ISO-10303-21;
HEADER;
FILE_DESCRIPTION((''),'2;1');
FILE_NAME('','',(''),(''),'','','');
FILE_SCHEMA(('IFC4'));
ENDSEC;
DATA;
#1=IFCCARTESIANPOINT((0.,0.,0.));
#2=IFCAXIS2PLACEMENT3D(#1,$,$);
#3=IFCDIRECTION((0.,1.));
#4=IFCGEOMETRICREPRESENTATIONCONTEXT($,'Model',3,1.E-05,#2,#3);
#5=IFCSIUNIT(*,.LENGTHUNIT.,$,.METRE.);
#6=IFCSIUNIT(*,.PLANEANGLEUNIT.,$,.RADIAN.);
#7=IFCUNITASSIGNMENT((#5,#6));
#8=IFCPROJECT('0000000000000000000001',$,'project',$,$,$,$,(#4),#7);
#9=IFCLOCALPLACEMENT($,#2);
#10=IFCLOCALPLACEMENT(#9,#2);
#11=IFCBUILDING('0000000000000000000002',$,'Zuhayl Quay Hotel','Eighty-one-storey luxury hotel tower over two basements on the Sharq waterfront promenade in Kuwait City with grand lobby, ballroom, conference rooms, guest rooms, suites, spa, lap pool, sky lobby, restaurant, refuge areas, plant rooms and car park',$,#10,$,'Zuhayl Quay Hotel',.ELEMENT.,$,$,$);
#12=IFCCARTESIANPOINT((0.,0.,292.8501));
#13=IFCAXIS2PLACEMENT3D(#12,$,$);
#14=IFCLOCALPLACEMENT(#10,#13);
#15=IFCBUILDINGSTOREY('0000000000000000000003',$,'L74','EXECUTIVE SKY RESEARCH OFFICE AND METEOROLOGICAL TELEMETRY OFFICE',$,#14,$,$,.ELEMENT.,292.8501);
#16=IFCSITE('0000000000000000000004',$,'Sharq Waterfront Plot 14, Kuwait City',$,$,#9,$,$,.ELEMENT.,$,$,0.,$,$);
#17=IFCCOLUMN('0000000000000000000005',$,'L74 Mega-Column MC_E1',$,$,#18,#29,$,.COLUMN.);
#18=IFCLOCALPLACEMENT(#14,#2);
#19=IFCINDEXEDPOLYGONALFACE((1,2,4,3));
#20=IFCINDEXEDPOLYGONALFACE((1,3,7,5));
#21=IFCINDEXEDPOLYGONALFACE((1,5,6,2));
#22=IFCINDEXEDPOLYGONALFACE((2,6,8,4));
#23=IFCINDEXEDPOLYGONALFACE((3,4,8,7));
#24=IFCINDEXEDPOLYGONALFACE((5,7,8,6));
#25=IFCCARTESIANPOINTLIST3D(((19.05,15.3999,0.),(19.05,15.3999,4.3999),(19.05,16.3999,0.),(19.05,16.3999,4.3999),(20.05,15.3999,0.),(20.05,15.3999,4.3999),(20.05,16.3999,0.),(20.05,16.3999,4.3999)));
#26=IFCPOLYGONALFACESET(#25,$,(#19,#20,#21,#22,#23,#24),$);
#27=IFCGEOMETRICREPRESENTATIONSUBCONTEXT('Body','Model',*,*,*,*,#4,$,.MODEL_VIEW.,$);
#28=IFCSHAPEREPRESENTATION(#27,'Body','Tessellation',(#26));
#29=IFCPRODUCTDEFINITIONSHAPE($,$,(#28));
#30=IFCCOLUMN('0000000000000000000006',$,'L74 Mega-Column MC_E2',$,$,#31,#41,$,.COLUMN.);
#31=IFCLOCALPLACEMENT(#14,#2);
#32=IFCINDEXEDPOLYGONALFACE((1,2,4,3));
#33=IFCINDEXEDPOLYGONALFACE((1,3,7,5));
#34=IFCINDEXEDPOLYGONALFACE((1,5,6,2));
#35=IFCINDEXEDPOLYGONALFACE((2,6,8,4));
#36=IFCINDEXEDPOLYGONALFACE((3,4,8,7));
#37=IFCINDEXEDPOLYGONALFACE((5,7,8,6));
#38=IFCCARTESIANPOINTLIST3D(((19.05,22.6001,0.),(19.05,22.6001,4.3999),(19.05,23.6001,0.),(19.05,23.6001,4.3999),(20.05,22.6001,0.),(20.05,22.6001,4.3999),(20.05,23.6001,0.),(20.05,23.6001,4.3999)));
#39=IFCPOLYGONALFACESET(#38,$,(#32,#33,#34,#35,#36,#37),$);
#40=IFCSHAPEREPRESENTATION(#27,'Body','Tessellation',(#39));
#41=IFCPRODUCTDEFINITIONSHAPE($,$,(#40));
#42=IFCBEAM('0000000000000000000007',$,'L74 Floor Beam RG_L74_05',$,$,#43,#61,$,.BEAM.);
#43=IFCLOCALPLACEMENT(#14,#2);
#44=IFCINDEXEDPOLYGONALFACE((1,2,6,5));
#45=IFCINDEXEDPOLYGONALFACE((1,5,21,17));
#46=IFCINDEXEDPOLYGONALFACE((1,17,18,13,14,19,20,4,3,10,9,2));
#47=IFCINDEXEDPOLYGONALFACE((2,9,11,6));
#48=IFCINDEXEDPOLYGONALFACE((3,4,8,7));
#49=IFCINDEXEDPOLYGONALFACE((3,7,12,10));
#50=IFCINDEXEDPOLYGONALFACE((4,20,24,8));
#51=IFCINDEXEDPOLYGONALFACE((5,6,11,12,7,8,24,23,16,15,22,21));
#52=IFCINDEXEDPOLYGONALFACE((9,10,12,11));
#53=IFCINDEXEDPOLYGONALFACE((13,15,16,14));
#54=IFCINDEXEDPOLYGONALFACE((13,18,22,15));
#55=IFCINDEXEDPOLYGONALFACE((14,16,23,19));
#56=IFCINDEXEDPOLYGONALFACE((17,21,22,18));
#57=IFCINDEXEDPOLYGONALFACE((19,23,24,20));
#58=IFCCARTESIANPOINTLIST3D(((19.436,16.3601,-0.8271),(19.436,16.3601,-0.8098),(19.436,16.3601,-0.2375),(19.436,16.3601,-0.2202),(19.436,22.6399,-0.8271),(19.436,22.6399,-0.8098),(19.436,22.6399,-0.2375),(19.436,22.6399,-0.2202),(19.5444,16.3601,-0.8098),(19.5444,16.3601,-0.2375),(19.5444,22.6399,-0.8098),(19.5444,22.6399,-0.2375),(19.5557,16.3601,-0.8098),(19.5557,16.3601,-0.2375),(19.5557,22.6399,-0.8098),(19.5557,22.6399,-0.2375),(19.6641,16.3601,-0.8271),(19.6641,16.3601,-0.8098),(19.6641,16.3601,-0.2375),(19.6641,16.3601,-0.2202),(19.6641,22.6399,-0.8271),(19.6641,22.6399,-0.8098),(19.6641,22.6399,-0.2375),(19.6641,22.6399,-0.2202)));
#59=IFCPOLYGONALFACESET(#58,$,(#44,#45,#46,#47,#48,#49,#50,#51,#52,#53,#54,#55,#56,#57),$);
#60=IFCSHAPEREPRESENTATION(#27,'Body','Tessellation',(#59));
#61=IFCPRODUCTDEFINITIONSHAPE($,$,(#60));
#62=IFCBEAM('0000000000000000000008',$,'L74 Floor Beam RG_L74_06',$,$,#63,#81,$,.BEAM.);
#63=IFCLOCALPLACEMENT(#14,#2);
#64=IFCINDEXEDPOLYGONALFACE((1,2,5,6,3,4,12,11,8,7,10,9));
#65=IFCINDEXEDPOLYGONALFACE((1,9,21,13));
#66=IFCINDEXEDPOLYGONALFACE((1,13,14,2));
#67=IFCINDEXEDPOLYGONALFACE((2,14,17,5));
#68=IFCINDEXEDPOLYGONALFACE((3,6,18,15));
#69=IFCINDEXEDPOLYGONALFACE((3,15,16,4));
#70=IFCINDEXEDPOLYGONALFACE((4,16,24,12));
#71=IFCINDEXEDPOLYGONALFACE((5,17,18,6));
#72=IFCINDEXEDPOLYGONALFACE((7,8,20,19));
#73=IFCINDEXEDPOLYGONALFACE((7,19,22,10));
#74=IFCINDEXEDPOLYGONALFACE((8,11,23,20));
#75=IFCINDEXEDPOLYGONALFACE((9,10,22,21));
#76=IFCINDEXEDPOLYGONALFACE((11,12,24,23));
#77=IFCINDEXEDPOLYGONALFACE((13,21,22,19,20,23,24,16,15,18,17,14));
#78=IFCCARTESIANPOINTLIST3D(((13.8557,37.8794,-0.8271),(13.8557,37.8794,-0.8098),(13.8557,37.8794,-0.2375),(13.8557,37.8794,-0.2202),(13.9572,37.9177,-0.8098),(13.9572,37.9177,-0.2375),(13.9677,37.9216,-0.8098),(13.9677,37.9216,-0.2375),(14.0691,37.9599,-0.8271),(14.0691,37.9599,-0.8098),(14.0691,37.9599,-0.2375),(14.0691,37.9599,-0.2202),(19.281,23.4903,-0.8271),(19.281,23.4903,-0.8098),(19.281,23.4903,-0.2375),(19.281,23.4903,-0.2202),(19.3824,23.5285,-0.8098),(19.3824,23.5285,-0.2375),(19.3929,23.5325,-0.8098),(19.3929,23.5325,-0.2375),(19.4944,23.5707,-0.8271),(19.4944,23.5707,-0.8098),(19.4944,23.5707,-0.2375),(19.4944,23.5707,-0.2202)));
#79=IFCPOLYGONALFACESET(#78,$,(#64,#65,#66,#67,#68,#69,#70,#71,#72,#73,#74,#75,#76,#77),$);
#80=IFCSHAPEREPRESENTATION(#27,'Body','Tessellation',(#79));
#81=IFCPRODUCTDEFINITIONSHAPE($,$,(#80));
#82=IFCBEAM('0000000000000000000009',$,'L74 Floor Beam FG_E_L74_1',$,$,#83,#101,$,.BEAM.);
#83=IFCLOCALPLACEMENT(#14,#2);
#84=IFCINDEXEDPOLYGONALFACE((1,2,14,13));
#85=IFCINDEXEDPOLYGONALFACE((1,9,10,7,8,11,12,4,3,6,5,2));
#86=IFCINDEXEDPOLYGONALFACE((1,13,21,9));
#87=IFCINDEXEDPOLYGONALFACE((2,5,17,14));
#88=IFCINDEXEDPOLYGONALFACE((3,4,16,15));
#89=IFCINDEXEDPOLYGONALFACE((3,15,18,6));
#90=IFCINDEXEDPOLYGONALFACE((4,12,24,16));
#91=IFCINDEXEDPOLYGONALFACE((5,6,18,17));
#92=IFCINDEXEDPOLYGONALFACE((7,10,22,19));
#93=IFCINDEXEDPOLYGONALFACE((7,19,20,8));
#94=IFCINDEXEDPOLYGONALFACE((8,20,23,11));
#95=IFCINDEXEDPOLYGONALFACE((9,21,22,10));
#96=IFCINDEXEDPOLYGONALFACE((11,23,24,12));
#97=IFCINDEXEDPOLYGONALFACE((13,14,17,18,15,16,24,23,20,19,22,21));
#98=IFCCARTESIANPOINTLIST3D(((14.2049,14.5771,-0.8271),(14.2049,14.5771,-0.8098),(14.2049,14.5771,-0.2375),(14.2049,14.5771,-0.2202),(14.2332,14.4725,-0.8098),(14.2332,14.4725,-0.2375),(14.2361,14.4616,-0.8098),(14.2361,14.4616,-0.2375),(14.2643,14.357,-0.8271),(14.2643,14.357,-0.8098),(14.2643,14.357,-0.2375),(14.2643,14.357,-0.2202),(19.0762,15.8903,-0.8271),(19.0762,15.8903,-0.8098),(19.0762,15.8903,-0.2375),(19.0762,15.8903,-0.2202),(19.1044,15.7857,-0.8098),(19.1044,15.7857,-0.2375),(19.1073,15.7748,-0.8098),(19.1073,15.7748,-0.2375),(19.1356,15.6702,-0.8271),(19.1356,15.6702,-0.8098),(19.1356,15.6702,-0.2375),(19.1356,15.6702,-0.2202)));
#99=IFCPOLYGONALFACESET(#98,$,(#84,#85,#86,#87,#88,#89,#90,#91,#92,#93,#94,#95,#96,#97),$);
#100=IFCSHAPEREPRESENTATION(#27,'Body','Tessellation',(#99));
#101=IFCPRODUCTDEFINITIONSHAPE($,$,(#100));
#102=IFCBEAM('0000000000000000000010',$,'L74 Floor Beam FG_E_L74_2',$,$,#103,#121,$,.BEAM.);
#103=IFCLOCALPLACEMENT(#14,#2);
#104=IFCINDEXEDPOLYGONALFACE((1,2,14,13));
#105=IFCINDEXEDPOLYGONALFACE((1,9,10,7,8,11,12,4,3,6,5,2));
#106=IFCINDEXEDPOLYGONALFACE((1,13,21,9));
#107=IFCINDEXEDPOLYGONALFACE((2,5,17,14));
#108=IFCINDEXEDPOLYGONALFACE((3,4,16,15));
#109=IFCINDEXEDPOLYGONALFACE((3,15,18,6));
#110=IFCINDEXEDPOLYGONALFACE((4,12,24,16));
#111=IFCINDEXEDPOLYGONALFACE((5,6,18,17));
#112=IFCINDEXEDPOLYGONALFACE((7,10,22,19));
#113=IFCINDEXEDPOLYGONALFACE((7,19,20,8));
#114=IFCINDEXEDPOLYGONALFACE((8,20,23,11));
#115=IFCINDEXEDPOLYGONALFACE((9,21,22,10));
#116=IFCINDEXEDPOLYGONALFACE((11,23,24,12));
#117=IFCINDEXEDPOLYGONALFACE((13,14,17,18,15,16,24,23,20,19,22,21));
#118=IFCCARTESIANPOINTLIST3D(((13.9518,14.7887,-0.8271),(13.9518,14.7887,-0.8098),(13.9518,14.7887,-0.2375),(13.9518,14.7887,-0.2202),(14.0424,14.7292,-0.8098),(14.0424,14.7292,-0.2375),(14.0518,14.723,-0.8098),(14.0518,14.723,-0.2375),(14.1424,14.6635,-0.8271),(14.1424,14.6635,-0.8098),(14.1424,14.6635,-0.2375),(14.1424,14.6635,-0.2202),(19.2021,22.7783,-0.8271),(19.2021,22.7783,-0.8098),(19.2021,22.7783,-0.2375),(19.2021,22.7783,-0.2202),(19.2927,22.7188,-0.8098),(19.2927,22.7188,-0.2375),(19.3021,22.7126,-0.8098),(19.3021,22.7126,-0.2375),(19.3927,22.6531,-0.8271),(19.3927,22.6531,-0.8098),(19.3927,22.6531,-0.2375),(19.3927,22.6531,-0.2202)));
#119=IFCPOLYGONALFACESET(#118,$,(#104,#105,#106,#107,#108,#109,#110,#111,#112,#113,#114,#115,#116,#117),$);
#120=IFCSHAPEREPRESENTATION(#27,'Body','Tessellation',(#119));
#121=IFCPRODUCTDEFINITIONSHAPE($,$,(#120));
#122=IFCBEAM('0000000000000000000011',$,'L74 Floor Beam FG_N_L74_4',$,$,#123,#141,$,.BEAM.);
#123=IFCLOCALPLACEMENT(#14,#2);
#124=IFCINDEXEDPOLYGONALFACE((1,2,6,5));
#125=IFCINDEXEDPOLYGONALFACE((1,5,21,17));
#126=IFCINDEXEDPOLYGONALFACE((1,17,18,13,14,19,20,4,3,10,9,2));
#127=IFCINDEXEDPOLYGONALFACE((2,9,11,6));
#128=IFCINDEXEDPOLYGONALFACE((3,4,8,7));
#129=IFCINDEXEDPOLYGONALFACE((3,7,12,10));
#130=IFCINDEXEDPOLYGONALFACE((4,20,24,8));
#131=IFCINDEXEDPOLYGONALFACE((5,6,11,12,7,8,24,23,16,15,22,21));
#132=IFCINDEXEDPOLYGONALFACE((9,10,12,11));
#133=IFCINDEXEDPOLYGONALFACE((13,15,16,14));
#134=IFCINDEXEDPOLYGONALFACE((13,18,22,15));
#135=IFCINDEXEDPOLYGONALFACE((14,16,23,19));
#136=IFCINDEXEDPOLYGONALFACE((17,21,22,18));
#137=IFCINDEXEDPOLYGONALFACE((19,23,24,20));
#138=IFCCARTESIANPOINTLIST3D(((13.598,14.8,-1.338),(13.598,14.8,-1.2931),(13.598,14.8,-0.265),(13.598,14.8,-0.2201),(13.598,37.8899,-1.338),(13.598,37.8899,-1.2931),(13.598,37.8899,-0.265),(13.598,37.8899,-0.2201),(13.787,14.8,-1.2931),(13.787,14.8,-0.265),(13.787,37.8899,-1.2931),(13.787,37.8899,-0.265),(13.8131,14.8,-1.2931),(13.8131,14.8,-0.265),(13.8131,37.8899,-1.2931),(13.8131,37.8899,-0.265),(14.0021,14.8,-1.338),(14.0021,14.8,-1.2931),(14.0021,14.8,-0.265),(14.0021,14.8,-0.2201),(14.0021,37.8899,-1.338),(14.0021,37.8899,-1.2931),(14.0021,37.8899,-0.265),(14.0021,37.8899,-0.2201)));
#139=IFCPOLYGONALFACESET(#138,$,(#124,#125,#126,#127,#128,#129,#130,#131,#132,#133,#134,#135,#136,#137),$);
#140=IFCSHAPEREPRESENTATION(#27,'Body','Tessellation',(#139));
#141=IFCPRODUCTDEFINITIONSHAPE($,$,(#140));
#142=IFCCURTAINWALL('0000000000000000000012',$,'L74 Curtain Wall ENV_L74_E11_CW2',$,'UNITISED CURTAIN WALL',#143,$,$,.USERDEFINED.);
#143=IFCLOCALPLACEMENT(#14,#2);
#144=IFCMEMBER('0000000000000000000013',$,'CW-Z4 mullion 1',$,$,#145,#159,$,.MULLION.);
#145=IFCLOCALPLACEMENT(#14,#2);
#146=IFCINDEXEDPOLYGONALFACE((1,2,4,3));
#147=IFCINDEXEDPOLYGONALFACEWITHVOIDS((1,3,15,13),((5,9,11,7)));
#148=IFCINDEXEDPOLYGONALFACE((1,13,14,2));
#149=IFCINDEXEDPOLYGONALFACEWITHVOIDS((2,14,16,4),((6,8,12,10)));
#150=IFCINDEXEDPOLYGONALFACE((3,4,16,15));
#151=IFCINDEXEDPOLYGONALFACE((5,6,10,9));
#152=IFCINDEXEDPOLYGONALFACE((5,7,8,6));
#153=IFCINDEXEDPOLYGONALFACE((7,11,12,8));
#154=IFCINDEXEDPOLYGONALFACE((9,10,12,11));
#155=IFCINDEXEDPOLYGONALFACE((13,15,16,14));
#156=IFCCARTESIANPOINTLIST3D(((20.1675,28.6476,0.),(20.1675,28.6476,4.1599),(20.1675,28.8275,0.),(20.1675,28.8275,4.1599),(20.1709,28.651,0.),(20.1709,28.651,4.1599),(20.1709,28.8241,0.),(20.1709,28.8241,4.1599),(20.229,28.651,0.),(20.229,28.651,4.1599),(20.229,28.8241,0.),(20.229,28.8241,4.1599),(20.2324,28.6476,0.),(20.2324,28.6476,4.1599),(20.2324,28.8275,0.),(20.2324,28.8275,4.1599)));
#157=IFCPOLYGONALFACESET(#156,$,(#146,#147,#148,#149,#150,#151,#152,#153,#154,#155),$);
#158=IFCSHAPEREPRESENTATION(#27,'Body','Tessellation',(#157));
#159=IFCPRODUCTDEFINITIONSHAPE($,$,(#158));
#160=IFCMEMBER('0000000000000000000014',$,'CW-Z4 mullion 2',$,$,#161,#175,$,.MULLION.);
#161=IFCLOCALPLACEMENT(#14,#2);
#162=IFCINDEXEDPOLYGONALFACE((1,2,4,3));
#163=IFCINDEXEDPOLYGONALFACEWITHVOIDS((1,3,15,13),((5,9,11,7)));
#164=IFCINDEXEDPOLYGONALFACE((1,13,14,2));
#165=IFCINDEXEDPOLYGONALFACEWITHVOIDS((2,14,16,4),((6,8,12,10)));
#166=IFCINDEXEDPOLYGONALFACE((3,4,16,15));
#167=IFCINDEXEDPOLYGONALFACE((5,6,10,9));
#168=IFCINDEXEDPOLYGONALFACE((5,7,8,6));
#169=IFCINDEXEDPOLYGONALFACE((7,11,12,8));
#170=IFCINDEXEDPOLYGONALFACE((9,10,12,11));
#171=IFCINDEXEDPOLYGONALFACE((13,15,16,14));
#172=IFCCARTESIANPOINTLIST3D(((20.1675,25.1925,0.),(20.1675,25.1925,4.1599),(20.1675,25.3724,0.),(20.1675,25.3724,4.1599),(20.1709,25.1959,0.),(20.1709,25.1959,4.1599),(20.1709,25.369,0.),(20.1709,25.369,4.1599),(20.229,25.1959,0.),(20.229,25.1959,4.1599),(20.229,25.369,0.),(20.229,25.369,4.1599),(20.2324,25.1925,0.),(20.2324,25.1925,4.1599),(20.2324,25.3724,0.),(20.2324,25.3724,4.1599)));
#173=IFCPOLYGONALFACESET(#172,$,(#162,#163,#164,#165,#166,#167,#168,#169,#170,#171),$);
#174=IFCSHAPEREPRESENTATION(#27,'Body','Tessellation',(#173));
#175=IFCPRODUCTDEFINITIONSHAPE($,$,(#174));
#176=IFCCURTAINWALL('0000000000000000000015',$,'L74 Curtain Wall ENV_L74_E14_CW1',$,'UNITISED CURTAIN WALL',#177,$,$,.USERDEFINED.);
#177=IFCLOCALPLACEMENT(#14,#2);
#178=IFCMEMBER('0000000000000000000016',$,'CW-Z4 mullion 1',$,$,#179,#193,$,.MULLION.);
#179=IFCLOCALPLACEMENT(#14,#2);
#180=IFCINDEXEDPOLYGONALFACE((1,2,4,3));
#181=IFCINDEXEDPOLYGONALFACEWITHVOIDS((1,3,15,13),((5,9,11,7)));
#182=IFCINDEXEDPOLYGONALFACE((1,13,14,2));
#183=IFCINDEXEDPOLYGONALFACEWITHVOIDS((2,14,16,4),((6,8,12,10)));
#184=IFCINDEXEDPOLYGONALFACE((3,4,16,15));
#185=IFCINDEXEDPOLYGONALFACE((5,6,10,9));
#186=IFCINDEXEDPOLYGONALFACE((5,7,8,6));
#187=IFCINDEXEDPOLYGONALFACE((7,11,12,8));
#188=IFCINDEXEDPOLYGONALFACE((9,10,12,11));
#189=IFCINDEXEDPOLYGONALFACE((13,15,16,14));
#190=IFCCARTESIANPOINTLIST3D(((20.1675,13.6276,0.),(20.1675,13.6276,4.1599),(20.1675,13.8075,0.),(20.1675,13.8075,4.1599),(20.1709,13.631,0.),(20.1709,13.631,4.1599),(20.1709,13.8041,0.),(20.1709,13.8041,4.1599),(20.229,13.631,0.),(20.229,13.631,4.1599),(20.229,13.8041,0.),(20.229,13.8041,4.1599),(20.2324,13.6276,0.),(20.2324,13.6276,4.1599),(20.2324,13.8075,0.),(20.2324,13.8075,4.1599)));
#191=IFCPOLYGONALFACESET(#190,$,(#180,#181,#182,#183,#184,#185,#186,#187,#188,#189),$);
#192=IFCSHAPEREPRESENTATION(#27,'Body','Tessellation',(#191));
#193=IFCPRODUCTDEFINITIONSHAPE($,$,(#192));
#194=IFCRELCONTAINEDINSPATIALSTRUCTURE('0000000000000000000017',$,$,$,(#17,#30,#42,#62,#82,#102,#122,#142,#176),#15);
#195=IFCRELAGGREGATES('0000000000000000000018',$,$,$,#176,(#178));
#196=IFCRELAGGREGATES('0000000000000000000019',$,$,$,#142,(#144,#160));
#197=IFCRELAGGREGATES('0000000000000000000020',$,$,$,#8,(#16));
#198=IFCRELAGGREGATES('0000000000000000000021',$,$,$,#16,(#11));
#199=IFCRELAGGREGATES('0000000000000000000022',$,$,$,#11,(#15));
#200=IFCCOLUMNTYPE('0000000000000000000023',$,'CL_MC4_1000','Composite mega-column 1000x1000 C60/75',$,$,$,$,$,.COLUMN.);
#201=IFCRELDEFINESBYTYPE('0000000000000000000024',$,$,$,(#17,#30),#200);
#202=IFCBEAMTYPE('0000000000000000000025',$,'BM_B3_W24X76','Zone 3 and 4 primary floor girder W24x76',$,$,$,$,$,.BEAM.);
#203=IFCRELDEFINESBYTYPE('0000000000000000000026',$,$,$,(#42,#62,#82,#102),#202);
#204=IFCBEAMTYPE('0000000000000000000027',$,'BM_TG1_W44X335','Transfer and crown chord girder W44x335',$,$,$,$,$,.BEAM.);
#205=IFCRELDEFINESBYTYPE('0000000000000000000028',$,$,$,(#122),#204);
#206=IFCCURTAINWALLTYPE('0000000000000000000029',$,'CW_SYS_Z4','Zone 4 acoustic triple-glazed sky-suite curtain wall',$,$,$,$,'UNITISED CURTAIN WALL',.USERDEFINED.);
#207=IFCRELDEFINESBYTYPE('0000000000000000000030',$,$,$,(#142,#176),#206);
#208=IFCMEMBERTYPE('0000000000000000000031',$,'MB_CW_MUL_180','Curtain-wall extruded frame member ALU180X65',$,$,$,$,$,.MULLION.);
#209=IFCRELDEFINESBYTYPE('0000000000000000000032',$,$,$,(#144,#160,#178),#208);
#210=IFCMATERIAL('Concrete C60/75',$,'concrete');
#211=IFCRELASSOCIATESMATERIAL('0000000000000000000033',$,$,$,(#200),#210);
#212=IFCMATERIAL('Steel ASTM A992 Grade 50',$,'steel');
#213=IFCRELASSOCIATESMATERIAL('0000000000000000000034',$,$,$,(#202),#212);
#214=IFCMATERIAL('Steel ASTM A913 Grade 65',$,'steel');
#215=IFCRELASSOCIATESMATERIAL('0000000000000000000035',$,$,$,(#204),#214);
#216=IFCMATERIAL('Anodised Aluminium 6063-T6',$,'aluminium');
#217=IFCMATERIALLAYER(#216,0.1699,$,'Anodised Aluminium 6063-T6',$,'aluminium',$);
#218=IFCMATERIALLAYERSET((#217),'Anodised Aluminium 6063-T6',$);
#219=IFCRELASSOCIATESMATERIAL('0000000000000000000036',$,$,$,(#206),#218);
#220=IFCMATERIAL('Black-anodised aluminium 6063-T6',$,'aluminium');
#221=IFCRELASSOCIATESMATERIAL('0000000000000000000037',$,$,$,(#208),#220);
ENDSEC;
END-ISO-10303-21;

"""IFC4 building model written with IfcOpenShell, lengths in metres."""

from ifc_helpers import new_model, si_unit, direction, frame, origin, origin_2d, place, context, subcontext, project, spatial, rectangle, hollow_rectangle, i_section, extrude, material, layer, layer_set, material_profile, profile_set, type_object, element, aggregate, save


model = new_model("IFC4")

# Units and contexts
model_context = context("Model", 3, precision=1e-05, world=origin(), true_north=direction((0.0, 1.0)))
body_context = subcontext(model_context, "Body", "Model", "MODEL_VIEW")
ifc_project = project(units=[si_unit("LENGTHUNIT", "METRE"), si_unit("PLANEANGLEUNIT", "RADIAN")], contexts=[model_context])

# Site, building, storey
site_placement = place(None, origin())
site = spatial("IfcSite", under=ifc_project, at=site_placement, Name="Sharq Waterfront Plot 14, Kuwait City", CompositionType="ELEMENT", RefElevation=0.0)
building_placement = place(site_placement, origin())
building = spatial("IfcBuilding", under=site, at=building_placement, Name="Zuhayl Quay Hotel", Description="Eighty-one-storey luxury hotel tower over two basements on the Sharq waterfront promenade in Kuwait City with grand lobby, ballroom, conference rooms, guest rooms, suites, spa, lap pool, sky lobby, restaurant, refuge areas, plant rooms and car park", LongName="Zuhayl Quay Hotel", CompositionType="ELEMENT")
storey_placement = place(building_placement, frame((0.0, 0.0, 292.8501)))
storey = spatial("IfcBuildingStorey", under=building, at=storey_placement, Name="L74", Description="EXECUTIVE SKY RESEARCH OFFICE AND METEOROLOGICAL TELEMETRY OFFICE", CompositionType="ELEMENT", Elevation=292.8501)

# Columns
ifc_material_1 = material(Name="Concrete C60/75", Category="concrete")
ifc_material_profile_1 = material_profile(ifc_material_1, rectangle(XDim=1.0, YDim=1.0, at=origin_2d()), Name="RC1000X1000")
ifc_profile_set_1 = profile_set([ifc_material_profile_1], Name="Concrete C60/75")
column_type = type_object("IfcColumnType", Name="CL_MC4_1000", Description="Composite mega-column 1000x1000 C60/75", PredefinedType="COLUMN", material=ifc_profile_set_1)
for number, where, z_axis, x_axis, name in (
    (1, (19.55, 15.8999, 0.0), (0.0, 0.0, 1.0), (1.0, 0.0, 0.0), "L74 Mega-Column MC_E1"),
    (2, (19.55, 23.1001, 0.0), (0.0, 0.0, 1.0), (1.0, 0.0, 0.0), "L74 Mega-Column MC_E2"),
):
    element("IfcColumn", number, at=place(storey_placement, frame(where, z_axis=z_axis, x_axis=x_axis)), inside=storey, type_object=column_type, Name=name, PredefinedType="COLUMN", context=body_context, shape_type="SweptSolid", body=[
        extrude(rectangle(XDim=1.0, YDim=1.0, at=origin_2d()), origin(), (0.0, 0.0, 1.0), 4.3999),
    ])

# Beams
ifc_material_2 = material(Name="Steel ASTM A992 Grade 50", Category="steel")
ifc_material_profile_2 = material_profile(ifc_material_2, i_section(OverallWidth=0.228, OverallDepth=0.6069, WebThickness=0.0112, FlangeThickness=0.0173, at=origin_2d()), Name="W24X76")
ifc_profile_set_2 = profile_set([ifc_material_profile_2], Name="Steel ASTM A992 Grade 50")
beam_type_1 = type_object("IfcBeamType", Name="BM_B3_W24X76", Description="Zone 3 and 4 primary floor girder W24x76", PredefinedType="BEAM", material=ifc_profile_set_2)
beam_1_placement = place(storey_placement, frame((19.55, 16.3601, -0.5237), z_axis=(0.0, 1.0, 0.0), x_axis=(-1.0, 0.0, 0.0)))
element("IfcBeam", 3, at=beam_1_placement, inside=storey, type_object=beam_type_1, Name="L74 Floor Beam RG_L74_05", PredefinedType="BEAM", context=body_context, shape_type="SweptSolid", body=[
    extrude(i_section(OverallWidth=0.228, OverallDepth=0.6069, WebThickness=0.0112, FlangeThickness=0.0173, at=origin_2d()), origin(), (0.0, 0.0, 1.0), 6.2798),
])
beam_2_placement = place(storey_placement, frame((19.3877, 23.5305, -0.5237), z_axis=(-0.352797, 0.9357, 0.0), x_axis=(-0.9357, -0.352797, 0.0)))
element("IfcBeam", 4, at=beam_2_placement, inside=storey, type_object=beam_type_1, Name="L74 Floor Beam RG_L74_06", PredefinedType="BEAM", context=body_context, shape_type="SweptSolid", body=[
    extrude(i_section(OverallWidth=0.228, OverallDepth=0.6069, WebThickness=0.0112, FlangeThickness=0.0173, at=origin_2d()), origin(), (0.0, 0.0, 1.0), 15.3779),
])
beam_3_placement = place(storey_placement, frame((14.2346, 14.467, -0.5237), z_axis=(0.96553, 0.260291, 0.0), x_axis=(-0.260291, 0.96553, 0.0)))
element("IfcBeam", 5, at=beam_3_placement, inside=storey, type_object=beam_type_1, Name="L74 Floor Beam FG_E_L74_1", PredefinedType="BEAM", context=body_context, shape_type="SweptSolid", body=[
    extrude(i_section(OverallWidth=0.228, OverallDepth=0.6069, WebThickness=0.0112, FlangeThickness=0.0173, at=origin_2d()), origin(), (0.0, 0.0, 1.0), 5.0452),
])
beam_4_placement = place(storey_placement, frame((14.0471, 14.7261, -0.5237), z_axis=(0.549178, 0.835705, 0.0), x_axis=(-0.835705, 0.549178, 0.0)))
element("IfcBeam", 6, at=beam_4_placement, inside=storey, type_object=beam_type_1, Name="L74 Floor Beam FG_E_L74_2", PredefinedType="BEAM", context=body_context, shape_type="SweptSolid", body=[
    extrude(i_section(OverallWidth=0.228, OverallDepth=0.6069, WebThickness=0.0112, FlangeThickness=0.0173, at=origin_2d()), origin(), (0.0, 0.0, 1.0), 9.5603),
])
ifc_material_3 = material(Name="Steel ASTM A913 Grade 65", Category="steel")
ifc_material_profile_3 = material_profile(ifc_material_3, i_section(OverallWidth=0.4041, OverallDepth=1.1179, WebThickness=0.0261, FlangeThickness=0.0449, at=origin_2d()), Name="W44X335")
ifc_profile_set_3 = profile_set([ifc_material_profile_3], Name="Steel ASTM A913 Grade 65")
beam_type_2 = type_object("IfcBeamType", Name="BM_TG1_W44X335", Description="Transfer and crown chord girder W44x335", PredefinedType="BEAM", material=ifc_profile_set_3)
beam_5_placement = place(storey_placement, frame((13.8, 14.8, -0.7791), z_axis=(0.0, 1.0, 0.0), x_axis=(-1.0, 0.0, 0.0)))
element("IfcBeam", 7, at=beam_5_placement, inside=storey, type_object=beam_type_2, Name="L74 Floor Beam FG_N_L74_4", PredefinedType="BEAM", context=body_context, shape_type="SweptSolid", body=[
    extrude(i_section(OverallWidth=0.4041, OverallDepth=1.1179, WebThickness=0.0261, FlangeThickness=0.0449, at=origin_2d()), origin(), (0.0, 0.0, 1.0), 23.0898),
])

# Curtain wall, members
ifc_material_4 = material(Name="Anodised Aluminium 6063-T6", Category="aluminium")
ifc_layer_1 = layer(ifc_material_4, 0.1699, Name="Anodised Aluminium 6063-T6", Category="aluminium")
ifc_layer_set_1 = layer_set([ifc_layer_1], Name="Anodised Aluminium 6063-T6")
curtain_wall_type = type_object("IfcCurtainWallType", Name="CW_SYS_Z4", Description="Zone 4 acoustic triple-glazed sky-suite curtain wall", ElementType="UNITISED CURTAIN WALL", PredefinedType="USERDEFINED", material=ifc_layer_set_1)
curtain_wall_1_placement = place(storey_placement, origin())
curtain_wall_1 = element("IfcCurtainWall", 8, at=curtain_wall_1_placement, inside=storey, type_object=curtain_wall_type, Name="L74 Curtain Wall ENV_L74_E11_CW2", ObjectType="UNITISED CURTAIN WALL", PredefinedType="USERDEFINED")
ifc_material_5 = material(Name="Black-anodised aluminium 6063-T6", Category="aluminium")
ifc_material_profile_4 = material_profile(ifc_material_5, hollow_rectangle(XDim=0.0649, YDim=0.1799, WallThickness=0.0034, at=origin_2d()), Name="ALU180X65")
ifc_profile_set_4 = profile_set([ifc_material_profile_4], Name="Black-anodised aluminium 6063-T6")
member_type_1 = type_object("IfcMemberType", Name="MB_CW_MUL_180", Description="Curtain-wall extruded frame member ALU180X65", PredefinedType="MULLION", material=ifc_profile_set_4)
member_1_placement = place(storey_placement, frame((20.2, 28.7375, 0.0), z_axis=(0.0, 0.0, 1.0), x_axis=(1.0, 0.0, 0.0)))
member_1 = element("IfcMember", 9, at=member_1_placement, type_object=member_type_1, Name="CW-Z4 mullion 1", PredefinedType="MULLION", context=body_context, shape_type="SweptSolid", body=[
    extrude(hollow_rectangle(XDim=0.0649, YDim=0.1799, WallThickness=0.0034, at=origin_2d()), origin(), (0.0, 0.0, 1.0), 4.1599),
])
member_2_placement = place(storey_placement, frame((20.2, 25.2825, 0.0), z_axis=(0.0, 0.0, 1.0), x_axis=(1.0, 0.0, 0.0)))
member_2 = element("IfcMember", 10, at=member_2_placement, type_object=member_type_1, Name="CW-Z4 mullion 2", PredefinedType="MULLION", context=body_context, shape_type="SweptSolid", body=[
    extrude(hollow_rectangle(XDim=0.0649, YDim=0.1799, WallThickness=0.0034, at=origin_2d()), origin(), (0.0, 0.0, 1.0), 4.1599),
])

# Curtain wall, member
curtain_wall_2_placement = place(storey_placement, origin())
curtain_wall_2 = element("IfcCurtainWall", 11, at=curtain_wall_2_placement, inside=storey, type_object=curtain_wall_type, Name="L74 Curtain Wall ENV_L74_E14_CW1", ObjectType="UNITISED CURTAIN WALL", PredefinedType="USERDEFINED")
member_3_placement = place(storey_placement, frame((20.2, 13.7175, 0.0), z_axis=(0.0, 0.0, 1.0), x_axis=(1.0, 0.0, 0.0)))
member_3 = element("IfcMember", 12, at=member_3_placement, type_object=member_type_1, Name="CW-Z4 mullion 1", PredefinedType="MULLION", context=body_context, shape_type="SweptSolid", body=[
    extrude(hollow_rectangle(XDim=0.0649, YDim=0.1799, WallThickness=0.0034, at=origin_2d()), origin(), (0.0, 0.0, 1.0), 4.1599),
])

aggregate(curtain_wall_2, [member_3])

aggregate(curtain_wall_1, [member_1, member_2])

save(model, "model.ifc")
